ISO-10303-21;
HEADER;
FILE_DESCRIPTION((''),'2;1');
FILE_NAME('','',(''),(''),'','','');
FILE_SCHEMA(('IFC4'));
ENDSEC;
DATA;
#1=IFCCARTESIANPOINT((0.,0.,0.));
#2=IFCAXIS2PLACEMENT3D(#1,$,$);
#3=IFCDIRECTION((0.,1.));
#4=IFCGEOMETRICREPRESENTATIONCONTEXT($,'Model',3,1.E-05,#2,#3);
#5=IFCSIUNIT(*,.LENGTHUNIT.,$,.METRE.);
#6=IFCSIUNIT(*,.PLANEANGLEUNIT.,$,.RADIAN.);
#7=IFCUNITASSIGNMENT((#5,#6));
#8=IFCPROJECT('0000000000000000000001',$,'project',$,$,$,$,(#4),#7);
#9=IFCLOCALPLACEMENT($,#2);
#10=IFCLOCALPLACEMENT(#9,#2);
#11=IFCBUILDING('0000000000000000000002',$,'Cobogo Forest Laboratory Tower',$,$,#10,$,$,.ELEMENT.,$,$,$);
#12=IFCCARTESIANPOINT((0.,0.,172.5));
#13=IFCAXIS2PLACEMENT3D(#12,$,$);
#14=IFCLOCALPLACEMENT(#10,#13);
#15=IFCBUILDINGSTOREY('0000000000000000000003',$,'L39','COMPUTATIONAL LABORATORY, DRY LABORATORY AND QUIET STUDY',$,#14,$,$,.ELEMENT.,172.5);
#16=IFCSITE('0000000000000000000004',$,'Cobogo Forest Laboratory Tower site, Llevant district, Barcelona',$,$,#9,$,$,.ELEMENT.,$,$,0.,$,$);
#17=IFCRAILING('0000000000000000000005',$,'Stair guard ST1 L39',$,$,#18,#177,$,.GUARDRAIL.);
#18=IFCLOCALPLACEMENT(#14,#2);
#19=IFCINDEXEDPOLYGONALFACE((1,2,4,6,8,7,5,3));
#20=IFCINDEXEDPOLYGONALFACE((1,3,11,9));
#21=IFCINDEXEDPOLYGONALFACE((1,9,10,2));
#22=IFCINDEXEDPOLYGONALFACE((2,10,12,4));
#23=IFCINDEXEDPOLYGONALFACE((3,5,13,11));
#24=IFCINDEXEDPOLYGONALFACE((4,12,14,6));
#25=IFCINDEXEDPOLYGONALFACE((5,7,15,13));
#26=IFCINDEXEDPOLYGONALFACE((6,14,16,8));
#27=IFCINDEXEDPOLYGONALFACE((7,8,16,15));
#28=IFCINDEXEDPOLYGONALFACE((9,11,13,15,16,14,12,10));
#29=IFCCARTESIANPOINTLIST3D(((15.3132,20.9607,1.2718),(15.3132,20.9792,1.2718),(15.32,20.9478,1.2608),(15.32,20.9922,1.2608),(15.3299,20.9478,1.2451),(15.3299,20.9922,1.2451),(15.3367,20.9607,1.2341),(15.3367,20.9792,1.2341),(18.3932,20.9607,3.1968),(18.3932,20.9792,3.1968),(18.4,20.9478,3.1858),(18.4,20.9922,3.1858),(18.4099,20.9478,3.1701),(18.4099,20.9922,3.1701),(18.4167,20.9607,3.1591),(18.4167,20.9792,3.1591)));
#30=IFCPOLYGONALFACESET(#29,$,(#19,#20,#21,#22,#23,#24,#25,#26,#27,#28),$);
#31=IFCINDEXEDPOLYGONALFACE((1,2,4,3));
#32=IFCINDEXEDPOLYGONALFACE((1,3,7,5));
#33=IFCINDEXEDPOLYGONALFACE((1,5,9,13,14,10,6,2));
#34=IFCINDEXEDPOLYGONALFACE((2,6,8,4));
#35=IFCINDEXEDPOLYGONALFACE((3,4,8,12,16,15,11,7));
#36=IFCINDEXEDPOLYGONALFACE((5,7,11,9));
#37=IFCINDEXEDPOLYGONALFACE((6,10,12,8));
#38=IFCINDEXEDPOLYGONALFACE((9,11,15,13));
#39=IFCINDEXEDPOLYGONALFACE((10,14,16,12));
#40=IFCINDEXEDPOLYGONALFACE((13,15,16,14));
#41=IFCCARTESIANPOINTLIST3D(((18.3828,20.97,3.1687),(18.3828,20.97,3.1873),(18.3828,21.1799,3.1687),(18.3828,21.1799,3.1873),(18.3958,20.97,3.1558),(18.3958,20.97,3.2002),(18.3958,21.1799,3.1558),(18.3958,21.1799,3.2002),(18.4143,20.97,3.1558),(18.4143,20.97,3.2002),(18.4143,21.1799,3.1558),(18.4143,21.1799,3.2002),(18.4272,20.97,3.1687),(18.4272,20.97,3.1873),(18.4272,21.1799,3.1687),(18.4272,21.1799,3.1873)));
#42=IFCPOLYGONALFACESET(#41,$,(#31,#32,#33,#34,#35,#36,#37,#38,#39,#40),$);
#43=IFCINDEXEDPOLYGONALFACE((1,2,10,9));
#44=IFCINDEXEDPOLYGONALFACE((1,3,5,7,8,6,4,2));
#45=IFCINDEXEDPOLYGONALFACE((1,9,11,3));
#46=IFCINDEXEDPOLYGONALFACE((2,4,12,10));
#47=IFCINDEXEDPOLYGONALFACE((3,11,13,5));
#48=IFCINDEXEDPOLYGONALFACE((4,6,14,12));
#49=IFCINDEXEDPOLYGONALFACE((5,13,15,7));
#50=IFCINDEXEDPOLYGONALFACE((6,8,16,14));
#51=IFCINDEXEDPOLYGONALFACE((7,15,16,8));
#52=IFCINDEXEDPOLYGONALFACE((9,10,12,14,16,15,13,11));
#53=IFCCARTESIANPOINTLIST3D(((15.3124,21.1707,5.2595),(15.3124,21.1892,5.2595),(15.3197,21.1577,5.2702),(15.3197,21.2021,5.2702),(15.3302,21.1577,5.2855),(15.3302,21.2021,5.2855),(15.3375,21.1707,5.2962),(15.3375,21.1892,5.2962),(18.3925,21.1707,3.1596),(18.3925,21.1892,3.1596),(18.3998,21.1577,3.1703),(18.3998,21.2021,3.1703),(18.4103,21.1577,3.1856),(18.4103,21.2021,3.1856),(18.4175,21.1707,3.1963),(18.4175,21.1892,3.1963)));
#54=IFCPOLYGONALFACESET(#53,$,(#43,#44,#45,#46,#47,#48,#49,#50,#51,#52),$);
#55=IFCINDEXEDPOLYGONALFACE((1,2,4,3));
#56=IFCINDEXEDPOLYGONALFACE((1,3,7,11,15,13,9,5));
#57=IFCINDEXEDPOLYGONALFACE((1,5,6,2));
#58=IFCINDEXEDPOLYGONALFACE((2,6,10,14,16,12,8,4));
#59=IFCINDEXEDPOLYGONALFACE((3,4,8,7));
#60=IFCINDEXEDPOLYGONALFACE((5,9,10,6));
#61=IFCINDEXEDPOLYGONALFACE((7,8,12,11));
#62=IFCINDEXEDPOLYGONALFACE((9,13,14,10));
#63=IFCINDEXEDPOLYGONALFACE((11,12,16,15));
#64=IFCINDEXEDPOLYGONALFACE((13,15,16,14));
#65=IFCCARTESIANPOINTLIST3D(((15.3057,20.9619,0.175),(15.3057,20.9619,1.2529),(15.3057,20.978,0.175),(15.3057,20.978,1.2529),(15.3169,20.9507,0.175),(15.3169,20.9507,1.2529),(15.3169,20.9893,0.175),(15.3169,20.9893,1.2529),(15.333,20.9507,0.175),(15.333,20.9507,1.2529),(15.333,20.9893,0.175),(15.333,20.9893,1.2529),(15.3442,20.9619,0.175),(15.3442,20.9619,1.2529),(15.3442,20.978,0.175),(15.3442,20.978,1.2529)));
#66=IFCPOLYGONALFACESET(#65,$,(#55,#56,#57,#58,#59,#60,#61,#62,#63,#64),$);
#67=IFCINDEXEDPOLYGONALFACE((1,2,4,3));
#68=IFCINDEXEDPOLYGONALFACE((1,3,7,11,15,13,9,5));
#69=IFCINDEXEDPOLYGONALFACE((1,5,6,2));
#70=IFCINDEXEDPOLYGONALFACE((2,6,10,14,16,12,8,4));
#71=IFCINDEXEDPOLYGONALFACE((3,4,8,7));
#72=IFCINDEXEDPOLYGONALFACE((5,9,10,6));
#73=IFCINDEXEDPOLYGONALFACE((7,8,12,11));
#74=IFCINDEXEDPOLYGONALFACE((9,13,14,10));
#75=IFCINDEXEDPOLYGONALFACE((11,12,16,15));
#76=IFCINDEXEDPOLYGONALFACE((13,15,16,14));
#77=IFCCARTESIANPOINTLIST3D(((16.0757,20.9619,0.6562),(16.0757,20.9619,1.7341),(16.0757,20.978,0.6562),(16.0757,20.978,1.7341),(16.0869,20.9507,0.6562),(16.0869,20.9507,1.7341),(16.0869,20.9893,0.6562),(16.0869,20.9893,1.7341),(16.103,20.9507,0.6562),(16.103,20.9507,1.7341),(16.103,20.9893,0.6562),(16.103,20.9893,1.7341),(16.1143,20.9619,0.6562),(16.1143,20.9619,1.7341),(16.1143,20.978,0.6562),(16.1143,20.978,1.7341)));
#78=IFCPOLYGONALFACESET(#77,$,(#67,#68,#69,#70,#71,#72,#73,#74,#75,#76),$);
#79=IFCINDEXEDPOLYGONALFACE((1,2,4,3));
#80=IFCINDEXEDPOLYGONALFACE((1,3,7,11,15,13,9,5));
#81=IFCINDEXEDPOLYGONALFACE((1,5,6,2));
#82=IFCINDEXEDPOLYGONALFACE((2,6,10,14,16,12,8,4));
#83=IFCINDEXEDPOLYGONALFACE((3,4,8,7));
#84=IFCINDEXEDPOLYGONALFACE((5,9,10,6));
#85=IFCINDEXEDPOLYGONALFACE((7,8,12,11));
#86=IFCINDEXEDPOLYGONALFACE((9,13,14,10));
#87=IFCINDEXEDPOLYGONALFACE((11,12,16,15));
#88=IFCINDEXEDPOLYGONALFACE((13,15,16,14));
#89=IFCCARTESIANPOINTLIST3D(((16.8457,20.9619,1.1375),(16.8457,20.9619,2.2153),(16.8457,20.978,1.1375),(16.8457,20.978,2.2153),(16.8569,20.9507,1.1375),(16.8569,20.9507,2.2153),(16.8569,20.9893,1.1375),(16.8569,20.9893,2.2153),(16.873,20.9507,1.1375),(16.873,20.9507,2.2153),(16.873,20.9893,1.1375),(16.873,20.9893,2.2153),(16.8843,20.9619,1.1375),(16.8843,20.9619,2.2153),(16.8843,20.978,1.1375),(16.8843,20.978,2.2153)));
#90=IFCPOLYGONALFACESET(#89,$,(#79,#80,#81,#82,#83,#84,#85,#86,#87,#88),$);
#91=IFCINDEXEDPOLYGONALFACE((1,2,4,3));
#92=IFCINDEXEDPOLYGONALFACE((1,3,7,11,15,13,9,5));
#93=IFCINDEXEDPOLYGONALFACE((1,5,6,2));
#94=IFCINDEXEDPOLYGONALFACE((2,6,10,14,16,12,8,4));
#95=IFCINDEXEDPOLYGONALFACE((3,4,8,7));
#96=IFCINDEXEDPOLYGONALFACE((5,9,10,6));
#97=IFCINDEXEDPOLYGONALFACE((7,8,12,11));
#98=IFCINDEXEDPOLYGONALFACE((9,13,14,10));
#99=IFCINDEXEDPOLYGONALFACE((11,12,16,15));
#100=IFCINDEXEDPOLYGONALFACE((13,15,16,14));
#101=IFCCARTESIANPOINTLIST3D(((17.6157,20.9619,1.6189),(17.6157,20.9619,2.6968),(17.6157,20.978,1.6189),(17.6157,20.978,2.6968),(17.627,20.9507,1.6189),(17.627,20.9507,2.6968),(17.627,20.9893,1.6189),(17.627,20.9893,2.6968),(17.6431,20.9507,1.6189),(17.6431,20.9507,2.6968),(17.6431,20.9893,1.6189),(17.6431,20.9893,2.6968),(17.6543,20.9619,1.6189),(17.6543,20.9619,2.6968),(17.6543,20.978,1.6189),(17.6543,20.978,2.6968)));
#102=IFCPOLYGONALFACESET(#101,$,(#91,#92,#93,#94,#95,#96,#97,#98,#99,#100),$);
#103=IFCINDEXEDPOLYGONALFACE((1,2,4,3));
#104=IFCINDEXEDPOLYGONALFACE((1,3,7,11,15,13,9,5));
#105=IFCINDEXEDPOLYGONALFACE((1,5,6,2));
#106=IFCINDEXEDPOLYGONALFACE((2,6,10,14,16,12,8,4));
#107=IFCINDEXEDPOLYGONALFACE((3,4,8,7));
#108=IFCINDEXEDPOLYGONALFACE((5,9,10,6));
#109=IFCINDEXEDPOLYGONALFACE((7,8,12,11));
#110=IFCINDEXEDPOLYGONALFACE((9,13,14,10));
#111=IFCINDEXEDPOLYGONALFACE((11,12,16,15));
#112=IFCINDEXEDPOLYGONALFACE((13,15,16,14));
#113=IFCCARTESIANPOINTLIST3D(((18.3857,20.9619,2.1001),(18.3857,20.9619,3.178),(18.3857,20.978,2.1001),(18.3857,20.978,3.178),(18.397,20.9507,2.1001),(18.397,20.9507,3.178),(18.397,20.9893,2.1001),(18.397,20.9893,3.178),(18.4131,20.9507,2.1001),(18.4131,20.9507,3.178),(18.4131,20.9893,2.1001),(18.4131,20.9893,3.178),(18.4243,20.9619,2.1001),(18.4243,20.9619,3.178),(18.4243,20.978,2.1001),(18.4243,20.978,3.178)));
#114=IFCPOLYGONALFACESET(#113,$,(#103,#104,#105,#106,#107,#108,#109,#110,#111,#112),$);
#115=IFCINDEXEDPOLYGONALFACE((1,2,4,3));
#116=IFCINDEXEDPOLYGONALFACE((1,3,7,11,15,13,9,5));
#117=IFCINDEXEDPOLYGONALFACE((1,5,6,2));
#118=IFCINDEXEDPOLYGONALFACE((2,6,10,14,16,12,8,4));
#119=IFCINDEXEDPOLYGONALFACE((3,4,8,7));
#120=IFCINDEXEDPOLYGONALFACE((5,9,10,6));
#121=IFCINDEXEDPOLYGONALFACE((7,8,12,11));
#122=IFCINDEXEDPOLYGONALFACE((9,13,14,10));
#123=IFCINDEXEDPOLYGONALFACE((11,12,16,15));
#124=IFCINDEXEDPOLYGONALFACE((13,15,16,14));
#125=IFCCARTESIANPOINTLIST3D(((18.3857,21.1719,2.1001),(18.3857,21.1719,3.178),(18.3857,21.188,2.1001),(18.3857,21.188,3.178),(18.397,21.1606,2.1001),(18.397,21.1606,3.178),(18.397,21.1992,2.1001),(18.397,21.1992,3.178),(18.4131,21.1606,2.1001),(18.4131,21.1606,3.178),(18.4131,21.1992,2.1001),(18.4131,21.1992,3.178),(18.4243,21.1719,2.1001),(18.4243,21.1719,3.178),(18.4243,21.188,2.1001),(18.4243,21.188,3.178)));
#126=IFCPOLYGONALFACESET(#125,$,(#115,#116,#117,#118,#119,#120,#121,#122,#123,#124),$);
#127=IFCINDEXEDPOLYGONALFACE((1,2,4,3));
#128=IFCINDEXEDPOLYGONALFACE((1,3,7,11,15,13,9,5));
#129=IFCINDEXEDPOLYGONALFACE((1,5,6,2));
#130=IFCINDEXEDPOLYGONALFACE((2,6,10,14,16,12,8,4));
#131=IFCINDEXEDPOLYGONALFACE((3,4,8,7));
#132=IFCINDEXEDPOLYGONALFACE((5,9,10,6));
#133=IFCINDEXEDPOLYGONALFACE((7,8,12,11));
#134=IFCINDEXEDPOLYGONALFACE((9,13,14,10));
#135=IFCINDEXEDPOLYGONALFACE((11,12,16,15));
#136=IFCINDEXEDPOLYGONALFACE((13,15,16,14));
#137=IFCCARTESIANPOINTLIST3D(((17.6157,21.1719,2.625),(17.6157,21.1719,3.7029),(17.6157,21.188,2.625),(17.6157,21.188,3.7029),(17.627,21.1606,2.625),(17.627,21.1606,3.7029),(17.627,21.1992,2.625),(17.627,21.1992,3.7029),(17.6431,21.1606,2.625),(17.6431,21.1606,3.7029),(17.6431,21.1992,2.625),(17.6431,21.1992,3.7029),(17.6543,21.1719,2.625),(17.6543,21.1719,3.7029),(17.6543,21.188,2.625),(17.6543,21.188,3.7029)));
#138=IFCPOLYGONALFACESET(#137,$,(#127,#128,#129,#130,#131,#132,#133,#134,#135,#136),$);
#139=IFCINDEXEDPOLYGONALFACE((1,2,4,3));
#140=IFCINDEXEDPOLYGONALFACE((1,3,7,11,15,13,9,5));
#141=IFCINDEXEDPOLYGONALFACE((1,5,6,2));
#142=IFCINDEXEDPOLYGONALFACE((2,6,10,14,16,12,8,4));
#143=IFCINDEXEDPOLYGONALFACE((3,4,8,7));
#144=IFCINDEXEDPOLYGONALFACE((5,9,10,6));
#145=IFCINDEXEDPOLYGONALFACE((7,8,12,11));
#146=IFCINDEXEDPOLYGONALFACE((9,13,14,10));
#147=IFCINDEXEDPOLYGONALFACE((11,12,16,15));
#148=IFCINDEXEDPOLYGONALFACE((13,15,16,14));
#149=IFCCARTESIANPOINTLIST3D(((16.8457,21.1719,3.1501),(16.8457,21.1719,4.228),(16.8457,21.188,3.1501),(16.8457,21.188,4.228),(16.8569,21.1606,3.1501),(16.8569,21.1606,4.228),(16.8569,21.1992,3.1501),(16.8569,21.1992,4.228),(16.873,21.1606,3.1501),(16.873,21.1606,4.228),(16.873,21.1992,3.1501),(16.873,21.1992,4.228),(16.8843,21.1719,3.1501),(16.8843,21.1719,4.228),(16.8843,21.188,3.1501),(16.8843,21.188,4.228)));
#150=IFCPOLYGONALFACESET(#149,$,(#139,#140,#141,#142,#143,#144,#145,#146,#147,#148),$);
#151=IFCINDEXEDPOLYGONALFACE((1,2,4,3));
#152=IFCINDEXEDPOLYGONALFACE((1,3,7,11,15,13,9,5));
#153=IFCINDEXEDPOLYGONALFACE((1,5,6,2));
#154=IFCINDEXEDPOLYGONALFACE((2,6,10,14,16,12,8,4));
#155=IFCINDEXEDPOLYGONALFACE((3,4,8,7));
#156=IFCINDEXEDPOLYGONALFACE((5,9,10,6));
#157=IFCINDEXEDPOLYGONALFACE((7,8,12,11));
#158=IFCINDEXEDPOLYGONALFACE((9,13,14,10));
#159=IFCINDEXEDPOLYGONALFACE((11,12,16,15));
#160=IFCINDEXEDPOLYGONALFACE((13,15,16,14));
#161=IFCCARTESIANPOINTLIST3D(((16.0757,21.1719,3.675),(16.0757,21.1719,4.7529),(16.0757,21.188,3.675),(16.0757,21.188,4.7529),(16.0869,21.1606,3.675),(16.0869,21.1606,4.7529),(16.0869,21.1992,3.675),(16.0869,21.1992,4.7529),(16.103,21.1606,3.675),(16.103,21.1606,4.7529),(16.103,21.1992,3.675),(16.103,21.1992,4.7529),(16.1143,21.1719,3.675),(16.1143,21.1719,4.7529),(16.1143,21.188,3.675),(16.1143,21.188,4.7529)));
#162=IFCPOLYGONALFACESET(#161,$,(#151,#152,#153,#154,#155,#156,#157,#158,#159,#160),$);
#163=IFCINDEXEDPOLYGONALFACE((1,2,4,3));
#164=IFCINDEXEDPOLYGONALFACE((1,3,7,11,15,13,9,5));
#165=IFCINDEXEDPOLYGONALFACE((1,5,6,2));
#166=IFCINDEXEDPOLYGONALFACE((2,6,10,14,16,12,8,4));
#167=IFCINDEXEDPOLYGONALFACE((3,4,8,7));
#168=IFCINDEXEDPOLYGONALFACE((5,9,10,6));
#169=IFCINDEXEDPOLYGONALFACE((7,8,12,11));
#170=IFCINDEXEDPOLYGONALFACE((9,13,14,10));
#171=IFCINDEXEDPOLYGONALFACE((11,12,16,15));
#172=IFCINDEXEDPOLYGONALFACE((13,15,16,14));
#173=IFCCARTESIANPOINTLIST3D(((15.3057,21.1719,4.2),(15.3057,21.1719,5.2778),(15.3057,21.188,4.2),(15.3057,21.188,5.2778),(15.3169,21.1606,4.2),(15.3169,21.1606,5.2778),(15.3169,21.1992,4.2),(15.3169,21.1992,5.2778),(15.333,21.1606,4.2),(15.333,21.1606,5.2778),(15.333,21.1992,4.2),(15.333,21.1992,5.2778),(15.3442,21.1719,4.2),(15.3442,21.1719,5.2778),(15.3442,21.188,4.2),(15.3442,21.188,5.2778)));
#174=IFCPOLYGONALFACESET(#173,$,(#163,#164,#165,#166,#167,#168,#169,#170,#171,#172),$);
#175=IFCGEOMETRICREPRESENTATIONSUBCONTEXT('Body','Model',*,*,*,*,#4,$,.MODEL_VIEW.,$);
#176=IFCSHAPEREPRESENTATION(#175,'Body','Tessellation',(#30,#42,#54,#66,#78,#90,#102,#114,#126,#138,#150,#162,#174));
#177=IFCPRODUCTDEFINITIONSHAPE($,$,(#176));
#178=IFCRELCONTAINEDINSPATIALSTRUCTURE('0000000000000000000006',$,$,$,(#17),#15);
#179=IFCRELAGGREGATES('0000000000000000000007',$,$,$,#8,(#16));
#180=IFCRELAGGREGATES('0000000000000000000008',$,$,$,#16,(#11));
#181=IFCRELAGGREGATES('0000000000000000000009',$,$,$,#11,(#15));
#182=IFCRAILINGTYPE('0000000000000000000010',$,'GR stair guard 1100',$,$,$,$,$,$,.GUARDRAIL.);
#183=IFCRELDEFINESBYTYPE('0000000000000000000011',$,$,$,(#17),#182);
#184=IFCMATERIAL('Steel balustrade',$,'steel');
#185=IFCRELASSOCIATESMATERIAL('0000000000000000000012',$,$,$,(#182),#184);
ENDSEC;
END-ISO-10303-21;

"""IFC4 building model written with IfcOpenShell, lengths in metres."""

from ifc_helpers import new_model, si_unit, direction, frame, origin, place, context, subcontext, project, spatial, polyline, outline, extrude, material, type_object, element, save


model = new_model("IFC4")

# Units and contexts
model_context = context("Model", 3, precision=1e-05, world=origin(), true_north=direction((0.0, 1.0)))
body_context = subcontext(model_context, "Body", "Model", "MODEL_VIEW")
ifc_project = project(units=[si_unit("LENGTHUNIT", "METRE"), si_unit("PLANEANGLEUNIT", "RADIAN")], contexts=[model_context])

# Site, building, storey
site_placement = place(None, origin())
site = spatial("IfcSite", under=ifc_project, at=site_placement, Name="Cobogo Forest Laboratory Tower site, Llevant district, Barcelona", CompositionType="ELEMENT", RefElevation=0.0)
building_placement = place(site_placement, origin())
building = spatial("IfcBuilding", under=site, at=building_placement, Name="Cobogo Forest Laboratory Tower", CompositionType="ELEMENT")
storey_placement = place(building_placement, frame((0.0, 0.0, 172.5)))
storey = spatial("IfcBuildingStorey", under=building, at=storey_placement, Name="L39", Description="COMPUTATIONAL LABORATORY, DRY LABORATORY AND QUIET STUDY", CompositionType="ELEMENT", Elevation=172.5)

# Railing
ifc_material_1 = material(Name="Steel balustrade", Category="steel")
railing_type_1 = type_object("IfcRailingType", Name="GR stair guard 1100", PredefinedType="GUARDRAIL", material=ifc_material_1)
railing_1_placement = place(storey_placement, frame((15.325, 20.97, 0.175)))
element("IfcRailing", 1, at=railing_1_placement, inside=storey, type_object=railing_type_1, Name="Stair guard ST1 L39", PredefinedType="GUARDRAIL", context=body_context, shape_type="SweptSolid", body=[
    extrude(outline(polyline([(0.0222, 0.0093), (0.0093, 0.0222), (-0.0093, 0.0222), (-0.0222, 0.0093), (-0.0222, -0.0093), (-0.0093, -0.0222), (0.0093, -0.0222), (0.0222, -0.0093), (0.0222, 0.0093)])), frame((0.0, 0.0, 1.0779), z_axis=(0.847998, 0.0, 0.529999), x_axis=(0.0, 1.0, 0.0)), (0.0, 0.0, 1.0), 3.6321),
    extrude(outline(polyline([(0.0222, 0.0093), (0.0093, 0.0222), (-0.0093, 0.0222), (-0.0222, 0.0093), (-0.0222, -0.0093), (-0.0093, -0.0222), (0.0093, -0.0222), (0.0222, -0.0093), (0.0222, 0.0093)])), frame((3.0801, 0.0, 3.0029), z_axis=(0.0, 1.0, 0.0), x_axis=(-1.0, 0.0, 0.0)), (0.0, 0.0, 1.0), 0.21),
    extrude(outline(polyline([(0.0222, 0.0093), (0.0093, 0.0222), (-0.0093, 0.0222), (-0.0222, 0.0093), (-0.0222, -0.0093), (-0.0093, -0.0222), (0.0093, -0.0222), (0.0222, -0.0093), (0.0222, 0.0093)])), frame((3.0801, 0.21, 3.0029), z_axis=(-0.826252, 0.0, 0.5633), x_axis=(0.0, -1.0, 0.0)), (0.0, 0.0, 1.0), 3.7278),
    extrude(outline(polyline([(0.0193, 0.0081), (0.0081, 0.0193), (-0.0081, 0.0193), (-0.0193, 0.0081), (-0.0193, -0.0081), (-0.0081, -0.0193), (0.0081, -0.0193), (0.0193, -0.0081), (0.0193, 0.0081)])), origin(), (0.0, 0.0, 1.0), 1.0779),
    extrude(outline(polyline([(0.0193, 0.0081), (0.0081, 0.0193), (-0.0081, 0.0193), (-0.0193, 0.0081), (-0.0193, -0.0081), (-0.0081, -0.0193), (0.0081, -0.0193), (0.0193, -0.0081), (0.0193, 0.0081)])), frame((0.77, 0.0, 0.4812)), (0.0, 0.0, 1.0), 1.0779),
    extrude(outline(polyline([(0.0193, 0.0081), (0.0081, 0.0193), (-0.0081, 0.0193), (-0.0193, 0.0081), (-0.0193, -0.0081), (-0.0081, -0.0193), (0.0081, -0.0193), (0.0193, -0.0081), (0.0193, 0.0081)])), frame((1.54, 0.0, 0.9624)), (0.0, 0.0, 1.0), 1.0779),
    extrude(outline(polyline([(0.0193, 0.0081), (0.0081, 0.0193), (-0.0081, 0.0193), (-0.0193, 0.0081), (-0.0193, -0.0081), (-0.0081, -0.0193), (0.0081, -0.0193), (0.0193, -0.0081), (0.0193, 0.0081)])), frame((2.3101, 0.0, 1.4438)), (0.0, 0.0, 1.0), 1.0779),
    extrude(outline(polyline([(0.0193, 0.0081), (0.0081, 0.0193), (-0.0081, 0.0193), (-0.0193, 0.0081), (-0.0193, -0.0081), (-0.0081, -0.0193), (0.0081, -0.0193), (0.0193, -0.0081), (0.0193, 0.0081)])), frame((3.0801, 0.0, 1.925)), (0.0, 0.0, 1.0), 1.0779),
    extrude(outline(polyline([(0.0193, 0.0081), (0.0081, 0.0193), (-0.0081, 0.0193), (-0.0193, 0.0081), (-0.0193, -0.0081), (-0.0081, -0.0193), (0.0081, -0.0193), (0.0193, -0.0081), (0.0193, 0.0081)])), frame((3.0801, 0.21, 1.925)), (0.0, 0.0, 1.0), 1.0779),
    extrude(outline(polyline([(0.0193, 0.0081), (0.0081, 0.0193), (-0.0081, 0.0193), (-0.0193, 0.0081), (-0.0193, -0.0081), (-0.0081, -0.0193), (0.0081, -0.0193), (0.0193, -0.0081), (0.0193, 0.0081)])), frame((2.3101, 0.21, 2.45)), (0.0, 0.0, 1.0), 1.0779),
    extrude(outline(polyline([(0.0193, 0.0081), (0.0081, 0.0193), (-0.0081, 0.0193), (-0.0193, 0.0081), (-0.0193, -0.0081), (-0.0081, -0.0193), (0.0081, -0.0193), (0.0193, -0.0081), (0.0193, 0.0081)])), frame((1.54, 0.21, 2.9751)), (0.0, 0.0, 1.0), 1.0779),
    extrude(outline(polyline([(0.0193, 0.0081), (0.0081, 0.0193), (-0.0081, 0.0193), (-0.0193, 0.0081), (-0.0193, -0.0081), (-0.0081, -0.0193), (0.0081, -0.0193), (0.0193, -0.0081), (0.0193, 0.0081)])), frame((0.77, 0.21, 3.5)), (0.0, 0.0, 1.0), 1.0779),
    extrude(outline(polyline([(0.0193, 0.0081), (0.0081, 0.0193), (-0.0081, 0.0193), (-0.0193, 0.0081), (-0.0193, -0.0081), (-0.0081, -0.0193), (0.0081, -0.0193), (0.0193, -0.0081), (0.0193, 0.0081)])), frame((0.0, 0.21, 4.0249)), (0.0, 0.0, 1.0), 1.0779),
])

save(model, "model.ifc")
